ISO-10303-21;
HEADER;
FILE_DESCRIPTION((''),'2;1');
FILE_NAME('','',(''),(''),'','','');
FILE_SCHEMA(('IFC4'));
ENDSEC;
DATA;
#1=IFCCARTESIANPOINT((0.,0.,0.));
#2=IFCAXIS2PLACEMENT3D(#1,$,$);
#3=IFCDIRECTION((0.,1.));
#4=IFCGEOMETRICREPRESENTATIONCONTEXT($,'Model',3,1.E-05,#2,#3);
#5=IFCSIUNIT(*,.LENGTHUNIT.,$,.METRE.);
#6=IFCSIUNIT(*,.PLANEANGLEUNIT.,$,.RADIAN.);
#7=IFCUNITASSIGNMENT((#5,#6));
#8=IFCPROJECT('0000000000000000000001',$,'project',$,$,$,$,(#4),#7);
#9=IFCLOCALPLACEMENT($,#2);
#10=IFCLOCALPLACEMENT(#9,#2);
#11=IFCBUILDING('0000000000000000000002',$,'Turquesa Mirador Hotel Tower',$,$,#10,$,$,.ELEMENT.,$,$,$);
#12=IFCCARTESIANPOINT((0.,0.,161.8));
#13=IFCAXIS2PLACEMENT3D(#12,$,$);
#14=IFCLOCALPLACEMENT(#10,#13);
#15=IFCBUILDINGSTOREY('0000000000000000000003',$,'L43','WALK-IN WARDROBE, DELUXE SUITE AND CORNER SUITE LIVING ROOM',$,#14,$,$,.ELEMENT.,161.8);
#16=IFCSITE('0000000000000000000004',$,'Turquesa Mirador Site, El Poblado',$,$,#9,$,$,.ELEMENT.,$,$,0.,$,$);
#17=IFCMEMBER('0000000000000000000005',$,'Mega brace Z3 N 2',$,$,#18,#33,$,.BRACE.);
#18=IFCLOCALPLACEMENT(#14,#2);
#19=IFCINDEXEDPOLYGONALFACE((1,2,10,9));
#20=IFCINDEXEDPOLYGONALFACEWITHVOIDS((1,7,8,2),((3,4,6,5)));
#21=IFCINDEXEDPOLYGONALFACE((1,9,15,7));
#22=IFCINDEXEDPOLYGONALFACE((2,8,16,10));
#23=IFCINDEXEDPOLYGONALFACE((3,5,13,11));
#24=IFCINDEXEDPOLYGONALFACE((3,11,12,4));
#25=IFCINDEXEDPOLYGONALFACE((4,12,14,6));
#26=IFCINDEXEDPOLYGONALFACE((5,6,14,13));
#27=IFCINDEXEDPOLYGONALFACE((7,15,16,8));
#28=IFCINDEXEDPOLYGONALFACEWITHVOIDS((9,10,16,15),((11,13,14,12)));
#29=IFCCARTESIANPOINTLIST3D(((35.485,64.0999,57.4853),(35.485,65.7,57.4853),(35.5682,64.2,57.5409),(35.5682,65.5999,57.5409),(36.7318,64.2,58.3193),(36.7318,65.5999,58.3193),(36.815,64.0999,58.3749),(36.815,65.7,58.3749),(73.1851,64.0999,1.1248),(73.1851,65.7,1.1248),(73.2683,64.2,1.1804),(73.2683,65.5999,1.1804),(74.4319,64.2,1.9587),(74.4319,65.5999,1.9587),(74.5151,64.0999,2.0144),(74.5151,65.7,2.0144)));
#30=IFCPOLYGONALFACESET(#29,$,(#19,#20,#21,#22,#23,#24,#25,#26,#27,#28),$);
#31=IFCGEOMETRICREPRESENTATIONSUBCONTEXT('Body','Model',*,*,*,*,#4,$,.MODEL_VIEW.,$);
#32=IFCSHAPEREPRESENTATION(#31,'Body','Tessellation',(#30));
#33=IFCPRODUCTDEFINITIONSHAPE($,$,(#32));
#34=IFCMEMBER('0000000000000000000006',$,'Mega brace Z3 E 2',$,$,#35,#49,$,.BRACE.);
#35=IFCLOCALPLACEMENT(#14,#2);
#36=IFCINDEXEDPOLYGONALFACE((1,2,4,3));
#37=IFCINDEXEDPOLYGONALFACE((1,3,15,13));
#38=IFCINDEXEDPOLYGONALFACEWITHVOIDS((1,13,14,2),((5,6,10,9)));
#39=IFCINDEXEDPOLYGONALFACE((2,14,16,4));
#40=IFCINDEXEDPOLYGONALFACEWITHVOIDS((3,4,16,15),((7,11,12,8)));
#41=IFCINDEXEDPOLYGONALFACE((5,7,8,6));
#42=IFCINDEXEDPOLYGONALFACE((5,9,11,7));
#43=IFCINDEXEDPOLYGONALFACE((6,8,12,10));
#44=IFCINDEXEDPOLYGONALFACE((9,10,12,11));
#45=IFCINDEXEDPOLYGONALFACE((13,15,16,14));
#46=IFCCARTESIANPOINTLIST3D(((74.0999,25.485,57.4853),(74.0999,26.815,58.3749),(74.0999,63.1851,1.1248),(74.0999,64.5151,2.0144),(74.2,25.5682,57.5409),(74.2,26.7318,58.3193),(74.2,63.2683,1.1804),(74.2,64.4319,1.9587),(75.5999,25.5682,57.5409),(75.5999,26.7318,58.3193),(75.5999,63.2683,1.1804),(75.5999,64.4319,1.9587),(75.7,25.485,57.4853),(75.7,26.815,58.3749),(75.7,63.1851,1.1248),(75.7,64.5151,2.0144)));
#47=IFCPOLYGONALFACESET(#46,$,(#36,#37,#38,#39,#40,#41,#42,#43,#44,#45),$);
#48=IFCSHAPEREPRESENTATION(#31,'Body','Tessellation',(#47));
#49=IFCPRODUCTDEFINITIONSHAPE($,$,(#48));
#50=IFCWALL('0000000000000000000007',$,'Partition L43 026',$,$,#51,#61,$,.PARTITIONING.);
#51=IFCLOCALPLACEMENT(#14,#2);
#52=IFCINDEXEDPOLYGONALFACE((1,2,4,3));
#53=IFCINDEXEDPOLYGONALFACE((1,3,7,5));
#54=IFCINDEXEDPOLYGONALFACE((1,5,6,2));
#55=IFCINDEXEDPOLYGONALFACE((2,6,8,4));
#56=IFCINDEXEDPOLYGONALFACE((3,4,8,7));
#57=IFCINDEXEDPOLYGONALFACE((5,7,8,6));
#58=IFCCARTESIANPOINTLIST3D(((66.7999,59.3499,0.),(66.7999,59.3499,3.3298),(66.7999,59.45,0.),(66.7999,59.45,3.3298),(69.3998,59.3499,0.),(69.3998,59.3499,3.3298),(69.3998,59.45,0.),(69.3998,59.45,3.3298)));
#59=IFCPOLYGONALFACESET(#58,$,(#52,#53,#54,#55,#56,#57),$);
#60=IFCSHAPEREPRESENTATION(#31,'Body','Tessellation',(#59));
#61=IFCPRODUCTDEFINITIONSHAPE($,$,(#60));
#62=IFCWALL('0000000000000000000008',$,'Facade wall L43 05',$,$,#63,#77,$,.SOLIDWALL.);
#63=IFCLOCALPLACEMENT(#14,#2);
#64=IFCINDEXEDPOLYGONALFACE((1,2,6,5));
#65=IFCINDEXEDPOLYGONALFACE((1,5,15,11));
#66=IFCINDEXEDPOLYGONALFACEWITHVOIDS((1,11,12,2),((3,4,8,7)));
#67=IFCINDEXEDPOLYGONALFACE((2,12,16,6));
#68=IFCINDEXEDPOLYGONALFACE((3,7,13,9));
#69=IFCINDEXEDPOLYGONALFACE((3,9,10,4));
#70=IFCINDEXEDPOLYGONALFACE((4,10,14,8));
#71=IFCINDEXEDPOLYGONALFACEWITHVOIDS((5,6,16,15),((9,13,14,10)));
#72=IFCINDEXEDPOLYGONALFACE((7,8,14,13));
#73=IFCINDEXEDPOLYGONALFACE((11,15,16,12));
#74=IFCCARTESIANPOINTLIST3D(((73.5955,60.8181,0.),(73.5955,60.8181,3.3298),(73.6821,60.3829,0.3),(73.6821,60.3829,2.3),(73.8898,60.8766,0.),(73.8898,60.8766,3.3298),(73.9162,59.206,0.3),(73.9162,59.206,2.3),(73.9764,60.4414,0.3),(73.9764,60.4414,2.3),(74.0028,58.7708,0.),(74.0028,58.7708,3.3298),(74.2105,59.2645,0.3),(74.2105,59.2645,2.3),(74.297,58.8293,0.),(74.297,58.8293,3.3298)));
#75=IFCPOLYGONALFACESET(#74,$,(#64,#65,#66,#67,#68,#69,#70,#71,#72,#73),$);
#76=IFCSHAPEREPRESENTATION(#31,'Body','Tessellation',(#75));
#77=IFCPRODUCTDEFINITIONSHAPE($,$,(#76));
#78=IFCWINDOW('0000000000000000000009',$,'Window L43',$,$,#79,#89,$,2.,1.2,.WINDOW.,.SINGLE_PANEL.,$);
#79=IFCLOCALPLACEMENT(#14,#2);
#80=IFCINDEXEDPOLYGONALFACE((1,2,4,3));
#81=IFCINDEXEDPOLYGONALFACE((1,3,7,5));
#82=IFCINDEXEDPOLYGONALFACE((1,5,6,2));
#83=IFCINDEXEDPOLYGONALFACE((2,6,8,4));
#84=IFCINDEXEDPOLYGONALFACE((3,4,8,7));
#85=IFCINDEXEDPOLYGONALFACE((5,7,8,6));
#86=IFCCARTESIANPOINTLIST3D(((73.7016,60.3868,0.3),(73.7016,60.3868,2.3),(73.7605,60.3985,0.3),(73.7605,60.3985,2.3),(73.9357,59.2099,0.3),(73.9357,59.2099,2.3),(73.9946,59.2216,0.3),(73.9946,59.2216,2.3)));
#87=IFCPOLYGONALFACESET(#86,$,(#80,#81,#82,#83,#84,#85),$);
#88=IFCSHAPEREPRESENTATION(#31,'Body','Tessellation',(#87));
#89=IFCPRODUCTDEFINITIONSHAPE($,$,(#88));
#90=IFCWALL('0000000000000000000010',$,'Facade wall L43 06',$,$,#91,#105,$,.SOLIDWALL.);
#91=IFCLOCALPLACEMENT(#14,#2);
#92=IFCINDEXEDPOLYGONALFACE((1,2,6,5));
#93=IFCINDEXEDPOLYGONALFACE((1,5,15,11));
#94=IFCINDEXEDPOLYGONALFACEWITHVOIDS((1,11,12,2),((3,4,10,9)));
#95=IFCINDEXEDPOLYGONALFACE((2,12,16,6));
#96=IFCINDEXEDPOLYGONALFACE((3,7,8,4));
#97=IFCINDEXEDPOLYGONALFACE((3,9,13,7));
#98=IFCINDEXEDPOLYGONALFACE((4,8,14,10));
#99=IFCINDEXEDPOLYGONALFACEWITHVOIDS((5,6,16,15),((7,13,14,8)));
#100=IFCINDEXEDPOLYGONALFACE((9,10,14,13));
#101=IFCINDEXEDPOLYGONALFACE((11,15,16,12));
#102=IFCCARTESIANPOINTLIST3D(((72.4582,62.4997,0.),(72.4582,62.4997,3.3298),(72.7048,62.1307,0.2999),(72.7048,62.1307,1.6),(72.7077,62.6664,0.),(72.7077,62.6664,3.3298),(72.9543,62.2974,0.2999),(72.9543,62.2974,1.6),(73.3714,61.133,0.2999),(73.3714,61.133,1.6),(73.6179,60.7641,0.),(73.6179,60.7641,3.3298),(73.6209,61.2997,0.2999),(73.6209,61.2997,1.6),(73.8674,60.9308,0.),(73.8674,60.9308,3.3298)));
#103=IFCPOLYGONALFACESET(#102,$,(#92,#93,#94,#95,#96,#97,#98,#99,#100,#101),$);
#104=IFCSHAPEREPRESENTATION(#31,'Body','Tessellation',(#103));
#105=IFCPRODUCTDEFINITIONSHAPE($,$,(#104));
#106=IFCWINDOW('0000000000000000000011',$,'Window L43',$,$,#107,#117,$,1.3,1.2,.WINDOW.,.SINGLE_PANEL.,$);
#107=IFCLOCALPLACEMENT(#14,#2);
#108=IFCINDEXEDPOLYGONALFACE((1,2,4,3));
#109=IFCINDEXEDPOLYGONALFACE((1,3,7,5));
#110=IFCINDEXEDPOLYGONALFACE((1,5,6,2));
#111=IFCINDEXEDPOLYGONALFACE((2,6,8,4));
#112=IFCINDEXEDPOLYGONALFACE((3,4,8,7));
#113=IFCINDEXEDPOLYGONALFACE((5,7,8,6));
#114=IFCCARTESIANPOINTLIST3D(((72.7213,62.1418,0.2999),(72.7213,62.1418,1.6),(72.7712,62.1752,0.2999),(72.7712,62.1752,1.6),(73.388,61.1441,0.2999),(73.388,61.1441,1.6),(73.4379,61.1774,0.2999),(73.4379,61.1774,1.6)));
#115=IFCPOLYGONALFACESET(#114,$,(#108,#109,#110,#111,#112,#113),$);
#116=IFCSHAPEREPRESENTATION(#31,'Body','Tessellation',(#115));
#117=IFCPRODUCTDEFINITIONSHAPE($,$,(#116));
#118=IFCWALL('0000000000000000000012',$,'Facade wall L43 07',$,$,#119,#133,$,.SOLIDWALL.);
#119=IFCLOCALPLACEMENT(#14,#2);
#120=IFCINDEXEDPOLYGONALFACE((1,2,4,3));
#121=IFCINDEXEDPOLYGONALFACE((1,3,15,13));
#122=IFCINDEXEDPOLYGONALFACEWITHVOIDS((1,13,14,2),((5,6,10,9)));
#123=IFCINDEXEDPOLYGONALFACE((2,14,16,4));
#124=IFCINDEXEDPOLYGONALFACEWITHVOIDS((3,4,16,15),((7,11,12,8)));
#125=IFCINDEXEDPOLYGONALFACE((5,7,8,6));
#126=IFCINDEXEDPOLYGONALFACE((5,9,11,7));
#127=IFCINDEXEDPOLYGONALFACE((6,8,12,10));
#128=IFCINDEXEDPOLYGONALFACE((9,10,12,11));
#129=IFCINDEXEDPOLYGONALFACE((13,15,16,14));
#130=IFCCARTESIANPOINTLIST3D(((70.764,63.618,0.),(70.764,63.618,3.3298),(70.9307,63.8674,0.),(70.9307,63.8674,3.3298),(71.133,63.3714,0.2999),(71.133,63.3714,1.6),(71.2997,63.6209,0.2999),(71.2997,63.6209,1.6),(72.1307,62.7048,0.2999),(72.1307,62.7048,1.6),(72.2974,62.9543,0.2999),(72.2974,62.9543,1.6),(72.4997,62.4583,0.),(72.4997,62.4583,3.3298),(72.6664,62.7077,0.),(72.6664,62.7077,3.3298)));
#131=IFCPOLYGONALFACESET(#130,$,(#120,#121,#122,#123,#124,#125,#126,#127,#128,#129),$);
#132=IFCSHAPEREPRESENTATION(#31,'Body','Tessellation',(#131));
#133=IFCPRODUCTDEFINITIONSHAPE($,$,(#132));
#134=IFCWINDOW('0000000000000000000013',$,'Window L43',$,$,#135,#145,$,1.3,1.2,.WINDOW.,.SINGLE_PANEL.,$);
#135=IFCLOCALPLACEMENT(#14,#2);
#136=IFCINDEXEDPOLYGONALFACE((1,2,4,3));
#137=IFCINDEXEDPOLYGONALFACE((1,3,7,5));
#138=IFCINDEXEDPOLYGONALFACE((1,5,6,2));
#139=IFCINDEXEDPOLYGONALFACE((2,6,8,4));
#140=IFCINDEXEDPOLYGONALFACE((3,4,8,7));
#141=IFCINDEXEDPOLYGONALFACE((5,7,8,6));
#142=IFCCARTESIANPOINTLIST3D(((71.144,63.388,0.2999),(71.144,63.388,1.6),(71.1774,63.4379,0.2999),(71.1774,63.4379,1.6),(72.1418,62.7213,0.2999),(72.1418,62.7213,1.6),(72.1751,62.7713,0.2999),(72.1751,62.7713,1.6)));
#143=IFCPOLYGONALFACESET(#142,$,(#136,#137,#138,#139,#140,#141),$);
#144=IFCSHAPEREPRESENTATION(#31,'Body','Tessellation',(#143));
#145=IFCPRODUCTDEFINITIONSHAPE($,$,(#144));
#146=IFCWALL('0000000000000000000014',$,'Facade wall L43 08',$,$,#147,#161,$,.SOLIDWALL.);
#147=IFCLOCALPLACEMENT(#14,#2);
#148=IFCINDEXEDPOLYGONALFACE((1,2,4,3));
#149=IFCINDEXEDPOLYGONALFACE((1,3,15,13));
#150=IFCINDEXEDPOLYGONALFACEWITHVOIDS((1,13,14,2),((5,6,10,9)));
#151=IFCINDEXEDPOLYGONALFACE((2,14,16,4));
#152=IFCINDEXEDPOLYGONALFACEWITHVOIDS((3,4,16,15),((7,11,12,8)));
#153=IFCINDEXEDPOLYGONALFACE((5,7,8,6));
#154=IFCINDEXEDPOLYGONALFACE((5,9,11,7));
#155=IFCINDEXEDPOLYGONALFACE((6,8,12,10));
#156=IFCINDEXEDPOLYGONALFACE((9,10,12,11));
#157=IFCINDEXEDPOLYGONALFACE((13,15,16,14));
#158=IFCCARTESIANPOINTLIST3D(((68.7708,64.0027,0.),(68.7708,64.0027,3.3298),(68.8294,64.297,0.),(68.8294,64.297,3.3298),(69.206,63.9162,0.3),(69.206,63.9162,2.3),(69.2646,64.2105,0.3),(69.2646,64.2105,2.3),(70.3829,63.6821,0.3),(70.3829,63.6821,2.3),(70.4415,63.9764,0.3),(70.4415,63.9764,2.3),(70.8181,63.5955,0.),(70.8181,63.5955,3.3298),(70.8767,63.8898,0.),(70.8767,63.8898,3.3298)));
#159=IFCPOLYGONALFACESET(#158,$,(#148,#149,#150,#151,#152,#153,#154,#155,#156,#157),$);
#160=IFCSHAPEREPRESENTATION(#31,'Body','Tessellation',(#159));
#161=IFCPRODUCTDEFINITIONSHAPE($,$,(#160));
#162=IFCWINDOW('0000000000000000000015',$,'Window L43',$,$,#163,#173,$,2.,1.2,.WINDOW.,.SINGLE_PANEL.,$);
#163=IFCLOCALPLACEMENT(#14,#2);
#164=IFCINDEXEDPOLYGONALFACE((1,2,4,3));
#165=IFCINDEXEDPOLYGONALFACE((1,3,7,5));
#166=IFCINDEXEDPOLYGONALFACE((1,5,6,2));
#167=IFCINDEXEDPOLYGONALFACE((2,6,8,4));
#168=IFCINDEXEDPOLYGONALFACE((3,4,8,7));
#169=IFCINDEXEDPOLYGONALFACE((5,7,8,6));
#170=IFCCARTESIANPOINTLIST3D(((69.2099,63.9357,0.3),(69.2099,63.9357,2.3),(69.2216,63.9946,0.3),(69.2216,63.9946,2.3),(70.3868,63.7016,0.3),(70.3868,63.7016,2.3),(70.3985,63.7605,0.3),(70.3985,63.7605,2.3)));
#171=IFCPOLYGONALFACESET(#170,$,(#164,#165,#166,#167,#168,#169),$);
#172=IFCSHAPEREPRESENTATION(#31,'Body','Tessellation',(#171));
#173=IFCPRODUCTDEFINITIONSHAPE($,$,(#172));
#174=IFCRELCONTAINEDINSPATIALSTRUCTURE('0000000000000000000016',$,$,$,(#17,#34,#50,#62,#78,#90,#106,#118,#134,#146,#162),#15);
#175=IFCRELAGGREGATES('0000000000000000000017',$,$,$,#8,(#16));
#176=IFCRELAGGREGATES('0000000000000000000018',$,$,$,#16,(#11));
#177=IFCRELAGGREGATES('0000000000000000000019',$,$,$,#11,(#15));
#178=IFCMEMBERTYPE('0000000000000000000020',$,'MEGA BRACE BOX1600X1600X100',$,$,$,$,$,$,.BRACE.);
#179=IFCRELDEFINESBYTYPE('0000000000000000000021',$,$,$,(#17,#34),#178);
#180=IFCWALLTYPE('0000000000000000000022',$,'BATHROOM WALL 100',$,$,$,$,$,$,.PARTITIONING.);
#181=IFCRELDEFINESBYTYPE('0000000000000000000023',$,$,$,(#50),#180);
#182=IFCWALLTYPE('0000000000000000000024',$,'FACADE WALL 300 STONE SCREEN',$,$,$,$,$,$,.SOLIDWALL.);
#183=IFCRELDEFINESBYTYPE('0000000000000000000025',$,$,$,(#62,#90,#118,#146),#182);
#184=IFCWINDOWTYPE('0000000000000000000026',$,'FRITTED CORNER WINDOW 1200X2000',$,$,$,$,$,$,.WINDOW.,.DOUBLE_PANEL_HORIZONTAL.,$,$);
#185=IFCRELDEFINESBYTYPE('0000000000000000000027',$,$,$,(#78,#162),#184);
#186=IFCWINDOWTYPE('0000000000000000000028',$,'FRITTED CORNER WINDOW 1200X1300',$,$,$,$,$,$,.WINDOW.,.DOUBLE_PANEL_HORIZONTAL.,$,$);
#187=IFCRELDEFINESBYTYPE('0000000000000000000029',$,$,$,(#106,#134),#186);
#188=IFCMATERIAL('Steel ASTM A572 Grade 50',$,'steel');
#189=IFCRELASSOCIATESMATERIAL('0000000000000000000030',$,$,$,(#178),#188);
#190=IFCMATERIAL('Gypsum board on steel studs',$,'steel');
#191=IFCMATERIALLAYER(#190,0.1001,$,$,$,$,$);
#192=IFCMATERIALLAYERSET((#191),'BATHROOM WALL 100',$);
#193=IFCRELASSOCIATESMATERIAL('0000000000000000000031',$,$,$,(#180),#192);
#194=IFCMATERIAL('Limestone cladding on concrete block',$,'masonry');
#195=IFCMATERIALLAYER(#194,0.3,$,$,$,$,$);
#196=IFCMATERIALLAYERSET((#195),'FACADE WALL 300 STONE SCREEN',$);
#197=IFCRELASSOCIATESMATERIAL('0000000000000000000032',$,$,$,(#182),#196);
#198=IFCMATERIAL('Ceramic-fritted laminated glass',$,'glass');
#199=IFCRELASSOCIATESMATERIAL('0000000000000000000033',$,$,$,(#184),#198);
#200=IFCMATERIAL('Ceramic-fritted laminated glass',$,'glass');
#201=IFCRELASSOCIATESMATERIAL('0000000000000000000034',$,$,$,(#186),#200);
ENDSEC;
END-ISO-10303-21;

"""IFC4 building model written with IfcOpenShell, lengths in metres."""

from ifc_helpers import new_model, si_unit, direction, frame, frame_2d, origin, origin_2d, place, context, subcontext, project, spatial, rectangle, hollow_rectangle, extrude, material, layer, layer_set, material_profile, profile_set, type_object, element, fill, save


model = new_model("IFC4")

# Units and contexts
model_context = context("Model", 3, precision=1e-05, world=origin(), true_north=direction((0.0, 1.0)))
body_context = subcontext(model_context, "Body", "Model", "MODEL_VIEW")
ifc_project = project(units=[si_unit("LENGTHUNIT", "METRE"), si_unit("PLANEANGLEUNIT", "RADIAN")], contexts=[model_context])

# Site, building, storey
site_placement = place(None, origin())
site = spatial("IfcSite", under=ifc_project, at=site_placement, Name="Turquesa Mirador Site, El Poblado", CompositionType="ELEMENT", RefElevation=0.0)
building_placement = place(site_placement, origin())
building = spatial("IfcBuilding", under=site, at=building_placement, Name="Turquesa Mirador Hotel Tower", CompositionType="ELEMENT")
storey_placement = place(building_placement, frame((0.0, 0.0, 161.8)))
storey = spatial("IfcBuildingStorey", under=building, at=storey_placement, Name="L43", Description="WALK-IN WARDROBE, DELUXE SUITE AND CORNER SUITE LIVING ROOM", CompositionType="ELEMENT", Elevation=161.8)

# Members
ifc_material_1 = material(Name="Steel ASTM A572 Grade 50", Category="steel")
ifc_material_profile_1 = material_profile(ifc_material_1, hollow_rectangle(XDim=1.6001, YDim=1.6001, WallThickness=0.1001, at=origin_2d()), Name="BOX1600X1600X100")
ifc_profile_set_1 = profile_set([ifc_material_profile_1], Name="Steel ASTM A572 Grade 50")
member_type = type_object("IfcMemberType", Name="MEGA BRACE BOX1600X1600X100", PredefinedType="BRACE", material=ifc_profile_set_1)
for number, where, z_axis, x_axis, name in (
    (1, (73.8501, 64.8999, 1.5696), (-0.555991, 0.0, 0.831188), (0.0, -1.0, 0.0), "Mega brace Z3 N 2"),
    (2, (74.8999, 63.8501, 1.5696), (0.0, -0.555991, 0.831188), (1.0, 0.0, 0.0), "Mega brace Z3 E 2"),
):
    element("IfcMember", number, at=place(storey_placement, frame(where, z_axis=z_axis, x_axis=x_axis)), inside=storey, type_object=member_type, Name=name, PredefinedType="BRACE", context=body_context, shape_type="SweptSolid", body=[
        extrude(hollow_rectangle(XDim=1.6001, YDim=1.6001, WallThickness=0.1001, at=origin_2d()), origin(), (0.0, 0.0, 1.0), 67.8071),
    ])

# Wall
ifc_material_2 = material(Name="Gypsum board on steel studs", Category="steel")
ifc_layer_1 = layer(ifc_material_2, 0.1001)
ifc_layer_set_1 = layer_set([ifc_layer_1], Name="BATHROOM WALL 100")
wall_type_1 = type_object("IfcWallType", Name="BATHROOM WALL 100", PredefinedType="PARTITIONING", material=ifc_layer_set_1)
wall_1_placement = place(storey_placement, frame((66.8, 59.3999, 0.0), z_axis=(0.0, 0.0, 1.0), x_axis=(1.0, 0.0, 0.0)))
element("IfcWall", 3, at=wall_1_placement, inside=storey, type_object=wall_type_1, Name="Partition L43 026", PredefinedType="PARTITIONING", context=body_context, shape_type="SweptSolid", body=[
    extrude(rectangle(XDim=2.5999, YDim=0.1001, at=frame_2d((1.2998, 0.0))), origin(), (0.0, 0.0, 1.0), 3.3298),
])

# Walls, openings, windows
ifc_material_3 = material(Name="Limestone cladding on concrete block", Category="masonry")
ifc_layer_2 = layer(ifc_material_3, 0.3)
ifc_layer_set_2 = layer_set([ifc_layer_2], Name="FACADE WALL 300 STONE SCREEN")
wall_type_2 = type_object("IfcWallType", Name="FACADE WALL 300 STONE SCREEN", PredefinedType="SOLIDWALL", material=ifc_layer_set_2)
wall_2_placement = place(storey_placement, frame((74.1499, 58.8, 0.0), z_axis=(0.0, 0.0, 1.0), x_axis=(-0.195081, 0.980787, 0.0)))
wall_2 = element("IfcWall", 4, at=wall_2_placement, inside=storey, type_object=wall_type_2, Name="Facade wall L43 05", PredefinedType="SOLIDWALL", context=body_context, shape_type="SweptSolid", body=[
    extrude(rectangle(XDim=2.0874, YDim=0.3, at=frame_2d((1.0437, 0.0))), origin(), (0.0, 0.0, 1.0), 3.3298),
])
opening_1_placement = place(wall_2_placement, frame((0.4436, 0.0, 0.3)))
opening_1 = element("IfcOpeningElement", 5, at=opening_1_placement, cuts=wall_2, PredefinedType="OPENING", context=body_context, shape_type="SweptSolid", body=[
    extrude(rectangle(XDim=1.2, YDim=2.0, at=frame_2d((0.6001, 1.0))), frame((0.0, 0.1599, 0.0), z_axis=(0.0, -1.0, 0.0), x_axis=(1.0, 0.0, 0.0)), (0.0, 0.0, 1.0), 0.3201),
])
ifc_material_4 = material(Name="Ceramic-fritted laminated glass", Category="glass")
window_type_1 = type_object("IfcWindowType", Name="FRITTED CORNER WINDOW 1200X2000", PartitioningType="DOUBLE_PANEL_HORIZONTAL", PredefinedType="WINDOW", material=ifc_material_4)
window_1_placement = place(opening_1_placement, origin())
window_1 = element("IfcWindow", 6, at=window_1_placement, inside=storey, type_object=window_type_1, Name="Window L43", OverallHeight=2.0, OverallWidth=1.2, PartitioningType="SINGLE_PANEL", PredefinedType="WINDOW", context=body_context, shape_type="SweptSolid", body=[
    extrude(rectangle(XDim=1.2, YDim=2.0, at=frame_2d((0.6001, 1.0))), frame((0.0, 0.1301, 0.0), z_axis=(0.0, -1.0, 0.0), x_axis=(1.0, 0.0, 0.0)), (0.0, 0.0, 1.0), 0.0601),
])
fill(opening_1, window_1)
wall_3_placement = place(storey_placement, frame((73.7427, 60.8474, 0.0), z_axis=(0.0, 0.0, 1.0), x_axis=(-0.555564, 0.831474, 0.0)))
wall_3 = element("IfcWall", 7, at=wall_3_placement, inside=storey, type_object=wall_type_2, Name="Facade wall L43 06", PredefinedType="SOLIDWALL", context=body_context, shape_type="SweptSolid", body=[
    extrude(rectangle(XDim=2.0874, YDim=0.3, at=frame_2d((1.0437, 0.0))), origin(), (0.0, 0.0, 1.0), 3.3298),
])
opening_2_placement = place(wall_3_placement, frame((0.4436, 0.0, 0.3)))
opening_2 = element("IfcOpeningElement", 8, at=opening_2_placement, cuts=wall_3, PredefinedType="OPENING", context=body_context, shape_type="SweptSolid", body=[
    extrude(rectangle(XDim=1.2, YDim=1.3, at=frame_2d((0.6001, 0.6499))), frame((0.0, 0.1599, 0.0), z_axis=(0.0, -1.0, 0.0), x_axis=(1.0, 0.0, 0.0)), (0.0, 0.0, 1.0), 0.3201),
])
ifc_material_5 = material(Name="Ceramic-fritted laminated glass", Category="glass")
window_type_2 = type_object("IfcWindowType", Name="FRITTED CORNER WINDOW 1200X1300", PartitioningType="DOUBLE_PANEL_HORIZONTAL", PredefinedType="WINDOW", material=ifc_material_5)
window_2_placement = place(opening_2_placement, origin())
window_2 = element("IfcWindow", 9, at=window_2_placement, inside=storey, type_object=window_type_2, Name="Window L43", OverallHeight=1.3, OverallWidth=1.2, PartitioningType="SINGLE_PANEL", PredefinedType="WINDOW", context=body_context, shape_type="SweptSolid", body=[
    extrude(rectangle(XDim=1.2, YDim=1.3, at=frame_2d((0.6001, 0.6499))), frame((0.0, 0.1301, 0.0), z_axis=(0.0, -1.0, 0.0), x_axis=(1.0, 0.0, 0.0)), (0.0, 0.0, 1.0), 0.0601),
])
fill(opening_2, window_2)
wall_4_placement = place(storey_placement, frame((72.583, 62.583, 0.0), z_axis=(0.0, 0.0, 1.0), x_axis=(-0.831474, 0.555564, 0.0)))
wall_4 = element("IfcWall", 10, at=wall_4_placement, inside=storey, type_object=wall_type_2, Name="Facade wall L43 07", PredefinedType="SOLIDWALL", context=body_context, shape_type="SweptSolid", body=[
    extrude(rectangle(XDim=2.0874, YDim=0.3, at=frame_2d((1.0437, 0.0))), origin(), (0.0, 0.0, 1.0), 3.3298),
])
opening_3_placement = place(wall_4_placement, frame((0.4436, 0.0, 0.3)))
opening_3 = element("IfcOpeningElement", 11, at=opening_3_placement, cuts=wall_4, PredefinedType="OPENING", context=body_context, shape_type="SweptSolid", body=[
    extrude(rectangle(XDim=1.2, YDim=1.3, at=frame_2d((0.6001, 0.6499))), frame((0.0, 0.1599, 0.0), z_axis=(0.0, -1.0, 0.0), x_axis=(1.0, 0.0, 0.0)), (0.0, 0.0, 1.0), 0.3201),
])
window_3_placement = place(opening_3_placement, origin())
window_3 = element("IfcWindow", 12, at=window_3_placement, inside=storey, type_object=window_type_2, Name="Window L43", OverallHeight=1.3, OverallWidth=1.2, PartitioningType="SINGLE_PANEL", PredefinedType="WINDOW", context=body_context, shape_type="SweptSolid", body=[
    extrude(rectangle(XDim=1.2, YDim=1.3, at=frame_2d((0.6001, 0.6499))), frame((0.0, 0.1301, 0.0), z_axis=(0.0, -1.0, 0.0), x_axis=(1.0, 0.0, 0.0)), (0.0, 0.0, 1.0), 0.0601),
])
fill(opening_3, window_3)
wall_5_placement = place(storey_placement, frame((70.8474, 63.7427, 0.0), z_axis=(0.0, 0.0, 1.0), x_axis=(-0.980787, 0.195081, 0.0)))
wall_5 = element("IfcWall", 13, at=wall_5_placement, inside=storey, type_object=wall_type_2, Name="Facade wall L43 08", PredefinedType="SOLIDWALL", context=body_context, shape_type="SweptSolid", body=[
    extrude(rectangle(XDim=2.0874, YDim=0.3, at=frame_2d((1.0437, 0.0))), origin(), (0.0, 0.0, 1.0), 3.3298),
])
opening_4_placement = place(wall_5_placement, frame((0.4436, 0.0, 0.3)))
opening_4 = element("IfcOpeningElement", 14, at=opening_4_placement, cuts=wall_5, PredefinedType="OPENING", context=body_context, shape_type="SweptSolid", body=[
    extrude(rectangle(XDim=1.2, YDim=2.0, at=frame_2d((0.6001, 1.0))), frame((0.0, 0.1599, 0.0), z_axis=(0.0, -1.0, 0.0), x_axis=(1.0, 0.0, 0.0)), (0.0, 0.0, 1.0), 0.3201),
])
window_4_placement = place(opening_4_placement, origin())
window_4 = element("IfcWindow", 15, at=window_4_placement, inside=storey, type_object=window_type_1, Name="Window L43", OverallHeight=2.0, OverallWidth=1.2, PartitioningType="SINGLE_PANEL", PredefinedType="WINDOW", context=body_context, shape_type="SweptSolid", body=[
    extrude(rectangle(XDim=1.2, YDim=2.0, at=frame_2d((0.6001, 1.0))), frame((0.0, 0.1301, 0.0), z_axis=(0.0, -1.0, 0.0), x_axis=(1.0, 0.0, 0.0)), (0.0, 0.0, 1.0), 0.0601),
])
fill(opening_4, window_4)

save(model, "model.ifc")
